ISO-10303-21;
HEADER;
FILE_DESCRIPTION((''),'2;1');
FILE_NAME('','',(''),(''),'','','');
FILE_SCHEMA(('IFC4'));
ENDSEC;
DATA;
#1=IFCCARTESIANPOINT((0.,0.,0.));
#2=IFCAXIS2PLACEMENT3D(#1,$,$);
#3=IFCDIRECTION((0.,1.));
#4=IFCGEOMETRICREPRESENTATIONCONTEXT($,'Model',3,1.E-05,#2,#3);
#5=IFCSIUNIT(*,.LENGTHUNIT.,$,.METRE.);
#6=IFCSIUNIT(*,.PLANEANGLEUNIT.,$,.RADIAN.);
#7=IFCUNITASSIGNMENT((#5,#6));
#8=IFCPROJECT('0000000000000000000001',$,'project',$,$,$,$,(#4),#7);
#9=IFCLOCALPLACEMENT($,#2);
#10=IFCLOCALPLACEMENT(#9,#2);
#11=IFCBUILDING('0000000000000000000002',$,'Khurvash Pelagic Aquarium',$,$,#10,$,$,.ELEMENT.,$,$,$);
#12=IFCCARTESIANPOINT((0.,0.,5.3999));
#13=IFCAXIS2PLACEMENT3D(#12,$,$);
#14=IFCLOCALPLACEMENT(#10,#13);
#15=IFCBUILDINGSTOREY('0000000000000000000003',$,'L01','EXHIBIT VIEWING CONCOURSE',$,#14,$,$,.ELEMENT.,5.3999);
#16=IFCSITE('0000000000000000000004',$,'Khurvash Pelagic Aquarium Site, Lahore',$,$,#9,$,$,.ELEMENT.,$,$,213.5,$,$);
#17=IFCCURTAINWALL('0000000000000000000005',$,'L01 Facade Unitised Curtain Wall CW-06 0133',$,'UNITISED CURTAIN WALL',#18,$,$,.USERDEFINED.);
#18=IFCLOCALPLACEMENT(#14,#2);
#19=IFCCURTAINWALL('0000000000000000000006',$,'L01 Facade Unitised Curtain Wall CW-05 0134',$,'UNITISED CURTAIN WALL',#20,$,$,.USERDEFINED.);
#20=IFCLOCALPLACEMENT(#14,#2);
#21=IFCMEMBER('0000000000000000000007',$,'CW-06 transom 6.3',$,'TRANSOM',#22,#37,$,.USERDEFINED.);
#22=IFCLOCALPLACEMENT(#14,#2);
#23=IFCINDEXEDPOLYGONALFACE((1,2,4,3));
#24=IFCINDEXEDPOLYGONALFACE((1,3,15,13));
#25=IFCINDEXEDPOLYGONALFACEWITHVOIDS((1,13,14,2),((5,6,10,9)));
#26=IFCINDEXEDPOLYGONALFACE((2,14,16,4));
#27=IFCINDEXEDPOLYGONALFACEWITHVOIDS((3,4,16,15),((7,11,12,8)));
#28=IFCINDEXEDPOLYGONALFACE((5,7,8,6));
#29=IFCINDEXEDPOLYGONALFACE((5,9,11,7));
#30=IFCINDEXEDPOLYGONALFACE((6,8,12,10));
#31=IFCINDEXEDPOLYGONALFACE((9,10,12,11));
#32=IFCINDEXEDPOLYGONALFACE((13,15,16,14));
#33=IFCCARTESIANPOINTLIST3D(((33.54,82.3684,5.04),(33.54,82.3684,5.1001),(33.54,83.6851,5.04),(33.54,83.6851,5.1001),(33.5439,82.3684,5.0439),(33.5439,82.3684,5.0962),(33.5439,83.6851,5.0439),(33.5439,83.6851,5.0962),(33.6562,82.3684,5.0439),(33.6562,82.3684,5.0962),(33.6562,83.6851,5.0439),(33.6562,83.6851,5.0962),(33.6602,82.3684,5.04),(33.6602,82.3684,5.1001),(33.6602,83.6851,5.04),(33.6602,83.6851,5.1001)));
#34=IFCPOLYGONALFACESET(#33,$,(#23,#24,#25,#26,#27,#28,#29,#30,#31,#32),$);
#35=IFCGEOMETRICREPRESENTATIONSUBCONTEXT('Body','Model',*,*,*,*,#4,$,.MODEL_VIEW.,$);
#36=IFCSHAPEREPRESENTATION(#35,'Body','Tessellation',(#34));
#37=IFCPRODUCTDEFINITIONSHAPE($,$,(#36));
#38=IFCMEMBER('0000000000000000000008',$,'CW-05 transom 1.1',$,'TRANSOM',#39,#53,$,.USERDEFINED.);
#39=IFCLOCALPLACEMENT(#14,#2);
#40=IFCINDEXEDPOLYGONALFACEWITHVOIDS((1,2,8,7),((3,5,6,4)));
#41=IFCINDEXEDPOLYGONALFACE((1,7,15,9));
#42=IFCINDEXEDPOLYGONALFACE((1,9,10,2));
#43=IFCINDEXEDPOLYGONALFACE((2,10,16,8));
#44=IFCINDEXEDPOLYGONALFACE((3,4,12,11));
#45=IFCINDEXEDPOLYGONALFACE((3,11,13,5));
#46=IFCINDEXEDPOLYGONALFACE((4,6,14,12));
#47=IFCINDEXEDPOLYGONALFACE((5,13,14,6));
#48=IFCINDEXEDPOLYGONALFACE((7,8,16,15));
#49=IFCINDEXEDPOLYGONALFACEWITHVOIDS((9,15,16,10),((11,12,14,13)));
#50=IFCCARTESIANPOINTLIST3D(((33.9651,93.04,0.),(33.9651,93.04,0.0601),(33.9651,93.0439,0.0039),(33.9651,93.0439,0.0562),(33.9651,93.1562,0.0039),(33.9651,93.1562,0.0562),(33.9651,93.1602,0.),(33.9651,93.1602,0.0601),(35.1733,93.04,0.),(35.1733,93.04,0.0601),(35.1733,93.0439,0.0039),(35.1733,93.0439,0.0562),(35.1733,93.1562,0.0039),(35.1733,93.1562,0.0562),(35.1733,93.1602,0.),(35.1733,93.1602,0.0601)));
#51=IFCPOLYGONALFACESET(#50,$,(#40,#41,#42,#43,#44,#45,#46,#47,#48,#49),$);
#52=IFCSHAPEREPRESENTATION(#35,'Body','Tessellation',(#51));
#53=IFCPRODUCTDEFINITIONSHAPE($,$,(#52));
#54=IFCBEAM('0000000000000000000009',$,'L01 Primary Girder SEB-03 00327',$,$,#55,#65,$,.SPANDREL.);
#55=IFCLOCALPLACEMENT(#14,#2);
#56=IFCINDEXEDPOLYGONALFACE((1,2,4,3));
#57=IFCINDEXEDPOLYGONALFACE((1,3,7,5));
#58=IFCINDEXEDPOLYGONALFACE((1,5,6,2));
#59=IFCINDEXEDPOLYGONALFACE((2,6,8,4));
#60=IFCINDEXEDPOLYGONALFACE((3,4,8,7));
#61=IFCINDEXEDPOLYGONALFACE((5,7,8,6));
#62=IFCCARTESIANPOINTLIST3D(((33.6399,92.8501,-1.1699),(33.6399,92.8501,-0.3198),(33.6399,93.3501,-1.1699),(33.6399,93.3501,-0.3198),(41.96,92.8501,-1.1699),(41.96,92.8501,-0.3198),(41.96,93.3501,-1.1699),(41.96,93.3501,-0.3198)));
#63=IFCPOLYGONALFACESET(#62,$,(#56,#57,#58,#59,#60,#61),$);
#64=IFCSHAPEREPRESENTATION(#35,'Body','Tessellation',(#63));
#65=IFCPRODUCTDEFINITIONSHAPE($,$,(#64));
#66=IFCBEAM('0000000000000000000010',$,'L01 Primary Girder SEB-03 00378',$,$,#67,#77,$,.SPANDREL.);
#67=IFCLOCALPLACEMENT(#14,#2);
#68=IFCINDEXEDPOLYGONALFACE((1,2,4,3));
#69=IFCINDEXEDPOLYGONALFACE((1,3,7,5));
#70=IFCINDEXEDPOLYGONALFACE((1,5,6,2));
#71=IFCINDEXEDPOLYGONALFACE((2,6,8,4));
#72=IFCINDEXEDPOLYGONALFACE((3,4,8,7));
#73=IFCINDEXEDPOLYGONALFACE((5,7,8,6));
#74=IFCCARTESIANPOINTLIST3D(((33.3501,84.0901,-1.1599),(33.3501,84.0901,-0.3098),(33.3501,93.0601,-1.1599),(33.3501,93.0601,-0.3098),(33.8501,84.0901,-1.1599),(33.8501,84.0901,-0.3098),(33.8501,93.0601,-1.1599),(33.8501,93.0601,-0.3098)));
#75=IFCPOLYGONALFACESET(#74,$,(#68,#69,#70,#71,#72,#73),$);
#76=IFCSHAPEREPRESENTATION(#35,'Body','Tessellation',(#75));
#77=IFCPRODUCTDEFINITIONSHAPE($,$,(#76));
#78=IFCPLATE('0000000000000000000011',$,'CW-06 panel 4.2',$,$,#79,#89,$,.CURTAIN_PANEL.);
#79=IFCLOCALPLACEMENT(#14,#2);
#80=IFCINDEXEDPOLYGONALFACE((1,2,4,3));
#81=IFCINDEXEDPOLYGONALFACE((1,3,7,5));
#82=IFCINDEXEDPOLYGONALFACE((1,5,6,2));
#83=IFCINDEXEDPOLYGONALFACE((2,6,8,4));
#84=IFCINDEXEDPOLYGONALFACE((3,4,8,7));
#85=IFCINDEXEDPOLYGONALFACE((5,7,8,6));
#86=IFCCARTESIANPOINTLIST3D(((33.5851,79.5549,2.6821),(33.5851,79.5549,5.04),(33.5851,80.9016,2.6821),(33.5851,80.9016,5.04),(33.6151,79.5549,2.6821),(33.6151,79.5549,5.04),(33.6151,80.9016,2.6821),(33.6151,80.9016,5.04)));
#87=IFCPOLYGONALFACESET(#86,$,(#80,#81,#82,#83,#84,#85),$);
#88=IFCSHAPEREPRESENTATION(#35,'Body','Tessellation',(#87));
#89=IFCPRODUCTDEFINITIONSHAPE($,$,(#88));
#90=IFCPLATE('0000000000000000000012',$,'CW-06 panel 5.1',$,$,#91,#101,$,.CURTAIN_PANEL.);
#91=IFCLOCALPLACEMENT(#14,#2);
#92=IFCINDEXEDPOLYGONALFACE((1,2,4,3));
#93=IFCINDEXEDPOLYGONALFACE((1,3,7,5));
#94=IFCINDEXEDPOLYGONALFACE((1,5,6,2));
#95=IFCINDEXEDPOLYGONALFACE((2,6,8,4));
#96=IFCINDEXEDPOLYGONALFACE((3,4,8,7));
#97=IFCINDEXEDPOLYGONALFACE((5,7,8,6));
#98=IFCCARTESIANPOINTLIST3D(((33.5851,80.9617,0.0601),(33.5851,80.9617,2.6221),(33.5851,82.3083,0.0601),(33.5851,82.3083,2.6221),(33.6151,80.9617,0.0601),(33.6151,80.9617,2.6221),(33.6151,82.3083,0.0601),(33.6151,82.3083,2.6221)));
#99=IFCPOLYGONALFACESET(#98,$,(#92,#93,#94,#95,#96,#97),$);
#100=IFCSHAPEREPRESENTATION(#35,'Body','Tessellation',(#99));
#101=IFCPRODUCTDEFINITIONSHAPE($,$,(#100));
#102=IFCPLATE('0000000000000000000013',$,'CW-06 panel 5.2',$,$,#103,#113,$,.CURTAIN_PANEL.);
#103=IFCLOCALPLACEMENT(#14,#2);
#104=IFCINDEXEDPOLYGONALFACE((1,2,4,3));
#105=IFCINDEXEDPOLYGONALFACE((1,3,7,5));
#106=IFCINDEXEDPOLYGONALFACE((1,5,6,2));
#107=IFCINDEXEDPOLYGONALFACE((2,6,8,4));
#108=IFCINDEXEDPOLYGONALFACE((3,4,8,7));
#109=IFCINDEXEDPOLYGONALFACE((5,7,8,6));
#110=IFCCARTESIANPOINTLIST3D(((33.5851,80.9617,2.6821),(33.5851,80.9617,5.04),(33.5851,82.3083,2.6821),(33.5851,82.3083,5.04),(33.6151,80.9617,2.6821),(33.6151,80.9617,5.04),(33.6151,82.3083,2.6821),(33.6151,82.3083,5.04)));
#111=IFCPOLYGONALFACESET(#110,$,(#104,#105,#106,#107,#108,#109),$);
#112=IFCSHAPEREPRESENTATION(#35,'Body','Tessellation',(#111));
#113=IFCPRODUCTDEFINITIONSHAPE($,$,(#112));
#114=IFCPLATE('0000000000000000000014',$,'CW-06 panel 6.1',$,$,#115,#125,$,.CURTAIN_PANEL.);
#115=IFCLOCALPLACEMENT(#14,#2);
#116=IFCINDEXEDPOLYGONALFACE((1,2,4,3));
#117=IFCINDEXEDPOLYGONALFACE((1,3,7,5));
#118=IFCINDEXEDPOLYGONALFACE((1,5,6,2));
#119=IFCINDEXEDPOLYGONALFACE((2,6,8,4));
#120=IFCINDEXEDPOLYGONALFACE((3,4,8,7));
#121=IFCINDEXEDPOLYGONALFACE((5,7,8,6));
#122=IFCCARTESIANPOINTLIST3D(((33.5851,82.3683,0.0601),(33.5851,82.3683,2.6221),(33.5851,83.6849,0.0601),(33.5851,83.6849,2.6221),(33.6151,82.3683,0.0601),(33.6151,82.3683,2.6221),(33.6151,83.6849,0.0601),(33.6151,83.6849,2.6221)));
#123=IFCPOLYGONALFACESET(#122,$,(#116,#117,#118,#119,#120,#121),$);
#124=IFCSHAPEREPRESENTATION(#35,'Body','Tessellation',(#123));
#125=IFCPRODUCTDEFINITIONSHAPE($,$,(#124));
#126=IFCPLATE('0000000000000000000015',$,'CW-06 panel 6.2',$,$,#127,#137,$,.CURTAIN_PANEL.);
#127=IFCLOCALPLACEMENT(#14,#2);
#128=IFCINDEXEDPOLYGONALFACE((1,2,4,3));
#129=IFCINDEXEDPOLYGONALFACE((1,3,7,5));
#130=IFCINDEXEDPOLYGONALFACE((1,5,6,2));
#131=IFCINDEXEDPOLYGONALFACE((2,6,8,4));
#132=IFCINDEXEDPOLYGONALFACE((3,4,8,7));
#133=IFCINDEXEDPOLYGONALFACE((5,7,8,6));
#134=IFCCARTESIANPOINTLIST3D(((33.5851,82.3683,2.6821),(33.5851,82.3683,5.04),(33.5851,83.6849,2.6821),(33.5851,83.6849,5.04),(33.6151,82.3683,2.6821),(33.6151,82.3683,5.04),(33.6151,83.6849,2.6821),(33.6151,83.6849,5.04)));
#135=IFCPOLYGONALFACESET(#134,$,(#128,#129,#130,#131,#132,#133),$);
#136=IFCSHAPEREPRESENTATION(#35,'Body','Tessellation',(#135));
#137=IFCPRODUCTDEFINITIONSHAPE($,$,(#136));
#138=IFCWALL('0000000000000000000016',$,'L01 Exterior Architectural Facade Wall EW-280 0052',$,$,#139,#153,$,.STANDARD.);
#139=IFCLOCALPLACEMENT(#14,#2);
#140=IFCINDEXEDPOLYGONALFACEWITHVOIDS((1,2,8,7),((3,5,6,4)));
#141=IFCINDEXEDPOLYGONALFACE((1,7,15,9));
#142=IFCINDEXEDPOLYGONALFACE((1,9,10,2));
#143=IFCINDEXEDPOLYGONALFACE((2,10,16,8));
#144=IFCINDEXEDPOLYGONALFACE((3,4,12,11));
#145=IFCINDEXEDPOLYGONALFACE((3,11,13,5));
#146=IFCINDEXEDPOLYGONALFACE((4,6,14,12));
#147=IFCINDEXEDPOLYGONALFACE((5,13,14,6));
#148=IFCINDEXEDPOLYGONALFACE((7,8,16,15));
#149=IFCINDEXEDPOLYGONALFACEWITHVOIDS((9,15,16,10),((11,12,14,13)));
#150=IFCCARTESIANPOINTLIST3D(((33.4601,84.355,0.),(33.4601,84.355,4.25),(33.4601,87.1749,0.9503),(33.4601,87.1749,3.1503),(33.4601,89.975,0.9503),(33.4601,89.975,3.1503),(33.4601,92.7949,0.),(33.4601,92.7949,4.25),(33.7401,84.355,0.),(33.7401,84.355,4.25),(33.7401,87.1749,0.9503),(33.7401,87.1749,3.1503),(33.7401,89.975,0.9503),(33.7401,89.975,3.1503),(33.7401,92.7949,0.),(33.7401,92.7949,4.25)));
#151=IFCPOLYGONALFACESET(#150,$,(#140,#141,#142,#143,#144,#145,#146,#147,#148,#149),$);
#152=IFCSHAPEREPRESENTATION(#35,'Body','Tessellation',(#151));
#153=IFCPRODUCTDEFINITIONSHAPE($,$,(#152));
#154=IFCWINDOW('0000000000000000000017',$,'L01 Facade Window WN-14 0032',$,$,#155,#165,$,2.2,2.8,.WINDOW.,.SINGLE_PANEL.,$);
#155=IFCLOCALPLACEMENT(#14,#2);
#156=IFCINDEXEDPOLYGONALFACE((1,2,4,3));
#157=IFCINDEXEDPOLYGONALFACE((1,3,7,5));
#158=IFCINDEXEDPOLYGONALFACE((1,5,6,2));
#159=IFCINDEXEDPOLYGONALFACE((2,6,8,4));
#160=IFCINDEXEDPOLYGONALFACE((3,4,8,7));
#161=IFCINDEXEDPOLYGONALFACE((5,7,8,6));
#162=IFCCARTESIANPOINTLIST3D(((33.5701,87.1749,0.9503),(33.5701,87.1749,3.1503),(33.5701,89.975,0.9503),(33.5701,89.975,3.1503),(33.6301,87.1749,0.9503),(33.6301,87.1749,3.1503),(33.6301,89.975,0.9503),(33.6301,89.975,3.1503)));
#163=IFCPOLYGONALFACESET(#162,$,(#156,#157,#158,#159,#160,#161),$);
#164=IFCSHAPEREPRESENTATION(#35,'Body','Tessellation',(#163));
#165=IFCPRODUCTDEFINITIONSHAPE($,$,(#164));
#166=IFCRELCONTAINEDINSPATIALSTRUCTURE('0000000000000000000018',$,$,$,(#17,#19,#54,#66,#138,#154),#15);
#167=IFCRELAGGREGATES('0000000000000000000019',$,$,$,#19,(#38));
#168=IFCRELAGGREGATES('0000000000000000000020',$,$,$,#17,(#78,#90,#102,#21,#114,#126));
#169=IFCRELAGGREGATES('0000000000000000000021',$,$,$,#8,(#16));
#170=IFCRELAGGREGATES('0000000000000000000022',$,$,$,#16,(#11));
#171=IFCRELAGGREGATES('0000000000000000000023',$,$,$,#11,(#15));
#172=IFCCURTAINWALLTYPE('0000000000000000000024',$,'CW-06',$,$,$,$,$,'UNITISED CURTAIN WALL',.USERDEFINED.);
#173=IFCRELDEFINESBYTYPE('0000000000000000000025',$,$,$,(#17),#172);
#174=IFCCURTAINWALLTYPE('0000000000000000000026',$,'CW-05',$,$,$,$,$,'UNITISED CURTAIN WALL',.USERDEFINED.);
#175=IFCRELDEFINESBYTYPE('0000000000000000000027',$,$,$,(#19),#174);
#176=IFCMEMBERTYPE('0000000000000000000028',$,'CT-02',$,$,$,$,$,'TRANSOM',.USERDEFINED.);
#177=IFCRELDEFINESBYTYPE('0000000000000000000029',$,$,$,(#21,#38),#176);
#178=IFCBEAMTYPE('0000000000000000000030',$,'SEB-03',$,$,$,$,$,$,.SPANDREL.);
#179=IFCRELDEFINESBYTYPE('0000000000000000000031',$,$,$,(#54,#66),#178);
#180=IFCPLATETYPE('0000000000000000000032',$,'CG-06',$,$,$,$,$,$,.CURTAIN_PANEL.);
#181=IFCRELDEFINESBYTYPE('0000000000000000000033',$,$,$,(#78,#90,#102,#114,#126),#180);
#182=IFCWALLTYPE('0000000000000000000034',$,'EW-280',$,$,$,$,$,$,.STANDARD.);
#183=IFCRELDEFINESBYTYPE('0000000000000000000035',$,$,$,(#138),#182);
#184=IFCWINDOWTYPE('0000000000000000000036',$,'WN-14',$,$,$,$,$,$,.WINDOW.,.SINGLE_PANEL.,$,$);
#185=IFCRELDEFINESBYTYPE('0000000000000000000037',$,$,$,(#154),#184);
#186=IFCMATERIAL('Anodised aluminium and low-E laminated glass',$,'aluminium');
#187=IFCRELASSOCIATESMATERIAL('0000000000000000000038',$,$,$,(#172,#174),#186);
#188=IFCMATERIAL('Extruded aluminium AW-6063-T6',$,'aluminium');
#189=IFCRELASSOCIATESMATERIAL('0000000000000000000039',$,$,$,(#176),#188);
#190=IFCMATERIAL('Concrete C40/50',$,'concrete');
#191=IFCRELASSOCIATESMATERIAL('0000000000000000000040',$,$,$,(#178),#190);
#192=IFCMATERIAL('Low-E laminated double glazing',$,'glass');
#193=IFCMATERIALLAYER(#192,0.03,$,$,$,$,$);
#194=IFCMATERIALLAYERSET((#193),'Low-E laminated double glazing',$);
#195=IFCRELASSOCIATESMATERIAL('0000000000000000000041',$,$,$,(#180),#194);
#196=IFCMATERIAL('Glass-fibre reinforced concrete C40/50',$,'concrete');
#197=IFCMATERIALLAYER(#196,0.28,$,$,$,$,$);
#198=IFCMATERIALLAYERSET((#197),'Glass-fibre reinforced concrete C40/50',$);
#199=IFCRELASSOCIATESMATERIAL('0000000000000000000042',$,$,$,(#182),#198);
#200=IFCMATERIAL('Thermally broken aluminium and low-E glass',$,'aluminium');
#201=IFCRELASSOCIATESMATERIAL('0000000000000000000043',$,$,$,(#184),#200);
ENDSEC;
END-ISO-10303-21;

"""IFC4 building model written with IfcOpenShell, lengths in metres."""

from ifc_helpers import new_model, si_unit, direction, frame, frame_2d, origin, origin_2d, place, context, subcontext, project, spatial, rectangle, hollow_rectangle, extrude, material, layer, layer_set, material_profile, profile_set, type_object, element, fill, aggregate, save


model = new_model("IFC4")

# Units and contexts
model_context = context("Model", 3, precision=1e-05, world=origin(), true_north=direction((0.0, 1.0)))
body_context = subcontext(model_context, "Body", "Model", "MODEL_VIEW")
ifc_project = project(units=[si_unit("LENGTHUNIT", "METRE"), si_unit("PLANEANGLEUNIT", "RADIAN")], contexts=[model_context])

# Site, building, storey
site_placement = place(None, origin())
site = spatial("IfcSite", under=ifc_project, at=site_placement, Name="Khurvash Pelagic Aquarium Site, Lahore", CompositionType="ELEMENT", RefElevation=213.5)
building_placement = place(site_placement, origin())
building = spatial("IfcBuilding", under=site, at=building_placement, Name="Khurvash Pelagic Aquarium", CompositionType="ELEMENT")
storey_placement = place(building_placement, frame((0.0, 0.0, 5.3999)))
storey = spatial("IfcBuildingStorey", under=building, at=storey_placement, Name="L01", Description="EXHIBIT VIEWING CONCOURSE", CompositionType="ELEMENT", Elevation=5.3999)

# Shared definitions
ifc_material_1 = material(Name="Concrete C40/50", Category="concrete")

# Curtain wall
ifc_material_2 = material(Name="Anodised aluminium and low-E laminated glass", Category="aluminium")
curtain_wall_type_1 = type_object("IfcCurtainWallType", Name="CW-06", ElementType="UNITISED CURTAIN WALL", PredefinedType="USERDEFINED", material=ifc_material_2)
curtain_wall_1_placement = place(storey_placement, origin())
curtain_wall_1 = element("IfcCurtainWall", 1, at=curtain_wall_1_placement, inside=storey, type_object=curtain_wall_type_1, Name="L01 Facade Unitised Curtain Wall CW-06 0133", ObjectType="UNITISED CURTAIN WALL", PredefinedType="USERDEFINED")
ifc_material_3 = material(Name="Extruded aluminium AW-6063-T6", Category="aluminium")

# Curtain wall
curtain_wall_type_2 = type_object("IfcCurtainWallType", Name="CW-05", ElementType="UNITISED CURTAIN WALL", PredefinedType="USERDEFINED", material=ifc_material_2)
curtain_wall_2_placement = place(storey_placement, origin())
curtain_wall_2 = element("IfcCurtainWall", 2, at=curtain_wall_2_placement, inside=storey, type_object=curtain_wall_type_2, Name="L01 Facade Unitised Curtain Wall CW-05 0134", ObjectType="UNITISED CURTAIN WALL", PredefinedType="USERDEFINED")

# Members
ifc_material_profile_1 = material_profile(ifc_material_3, hollow_rectangle(XDim=0.1201, YDim=0.0601, WallThickness=0.0039, at=origin_2d()), Name="CWT120X60X4")
ifc_profile_set_1 = profile_set([ifc_material_profile_1], Name="Extruded aluminium AW-6063-T6")
member_type_1 = type_object("IfcMemberType", Name="CT-02", ElementType="TRANSOM", PredefinedType="USERDEFINED", material=ifc_profile_set_1)
member_1_placement = place(storey_placement, frame((33.6001, 82.3684, 5.0701), z_axis=(0.0, 1.0, 0.0), x_axis=(-1.0, 0.0, 0.0)))
member_1 = element("IfcMember", 3, at=member_1_placement, type_object=member_type_1, Name="CW-06 transom 6.3", ObjectType="TRANSOM", PredefinedType="USERDEFINED", context=body_context, shape_type="SweptSolid", body=[
    extrude(hollow_rectangle(XDim=0.1201, YDim=0.0601, WallThickness=0.0039, at=origin_2d()), origin(), (0.0, 0.0, 1.0), 1.3167),
])
member_2_placement = place(storey_placement, frame((33.9651, 93.1001, 0.03), z_axis=(1.0, 0.0, 0.0), x_axis=(0.0, 1.0, 0.0)))
member_2 = element("IfcMember", 4, at=member_2_placement, type_object=member_type_1, Name="CW-05 transom 1.1", ObjectType="TRANSOM", PredefinedType="USERDEFINED", context=body_context, shape_type="SweptSolid", body=[
    extrude(hollow_rectangle(XDim=0.1201, YDim=0.0601, WallThickness=0.0039, at=origin_2d()), origin(), (0.0, 0.0, 1.0), 1.2083),
])
aggregate(curtain_wall_2, [member_2])

# Beams
ifc_material_profile_2 = material_profile(ifc_material_1, rectangle(XDim=0.5, YDim=0.8501, at=origin_2d()), Name="RC500X850")
ifc_profile_set_2 = profile_set([ifc_material_profile_2], Name="Concrete C40/50")
beam_type = type_object("IfcBeamType", Name="SEB-03", PredefinedType="SPANDREL", material=ifc_profile_set_2)
beam_1_placement = place(storey_placement, frame((33.6399, 93.1001, -0.7449), z_axis=(1.0, 0.0, 0.0), x_axis=(0.0, 1.0, 0.0)))
element("IfcBeam", 5, at=beam_1_placement, inside=storey, type_object=beam_type, Name="L01 Primary Girder SEB-03 00327", PredefinedType="SPANDREL", context=body_context, shape_type="SweptSolid", body=[
    extrude(rectangle(XDim=0.5, YDim=0.8501, at=origin_2d()), origin(), (0.0, 0.0, 1.0), 8.3201),
])
beam_2_placement = place(storey_placement, frame((33.6001, 84.0901, -0.7349), z_axis=(0.0, 1.0, 0.0), x_axis=(-1.0, 0.0, 0.0)))
element("IfcBeam", 6, at=beam_2_placement, inside=storey, type_object=beam_type, Name="L01 Primary Girder SEB-03 00378", PredefinedType="SPANDREL", context=body_context, shape_type="SweptSolid", body=[
    extrude(rectangle(XDim=0.5, YDim=0.8501, at=origin_2d()), origin(), (0.0, 0.0, 1.0), 8.97),
])

# Plates
ifc_material_4 = material(Name="Low-E laminated double glazing", Category="glass")
ifc_layer_1 = layer(ifc_material_4, 0.03)
ifc_layer_set_1 = layer_set([ifc_layer_1], Name="Low-E laminated double glazing")
plate_type = type_object("IfcPlateType", Name="CG-06", PredefinedType="CURTAIN_PANEL", material=ifc_layer_set_1)
plate_1_placement = place(storey_placement, frame((33.6001, 80.2283, 2.6821), z_axis=(0.0, 0.0, 1.0), x_axis=(0.0, 1.0, 0.0)))
plate_1 = element("IfcPlate", 7, at=plate_1_placement, type_object=plate_type, Name="CW-06 panel 4.2", PredefinedType="CURTAIN_PANEL", context=body_context, shape_type="SweptSolid", body=[
    extrude(rectangle(XDim=1.3467, YDim=0.03, at=origin_2d()), origin(), (0.0, 0.0, 1.0), 2.3579),
])
plate_2_placement = place(storey_placement, frame((33.6001, 81.635, 0.0601), z_axis=(0.0, 0.0, 1.0), x_axis=(0.0, 1.0, 0.0)))
plate_2 = element("IfcPlate", 8, at=plate_2_placement, type_object=plate_type, Name="CW-06 panel 5.1", PredefinedType="CURTAIN_PANEL", context=body_context, shape_type="SweptSolid", body=[
    extrude(rectangle(XDim=1.3467, YDim=0.03, at=origin_2d()), origin(), (0.0, 0.0, 1.0), 2.562),
])
plate_3_placement = place(storey_placement, frame((33.6001, 81.635, 2.6821), z_axis=(0.0, 0.0, 1.0), x_axis=(0.0, 1.0, 0.0)))
plate_3 = element("IfcPlate", 9, at=plate_3_placement, type_object=plate_type, Name="CW-06 panel 5.2", PredefinedType="CURTAIN_PANEL", context=body_context, shape_type="SweptSolid", body=[
    extrude(rectangle(XDim=1.3467, YDim=0.03, at=origin_2d()), origin(), (0.0, 0.0, 1.0), 2.3579),
])
plate_4_placement = place(storey_placement, frame((33.6001, 83.0266, 0.0601), z_axis=(0.0, 0.0, 1.0), x_axis=(0.0, 1.0, 0.0)))
plate_4 = element("IfcPlate", 10, at=plate_4_placement, type_object=plate_type, Name="CW-06 panel 6.1", PredefinedType="CURTAIN_PANEL", context=body_context, shape_type="SweptSolid", body=[
    extrude(rectangle(XDim=1.3167, YDim=0.03, at=origin_2d()), origin(), (0.0, 0.0, 1.0), 2.562),
])
plate_5_placement = place(storey_placement, frame((33.6001, 83.0266, 2.6821), z_axis=(0.0, 0.0, 1.0), x_axis=(0.0, 1.0, 0.0)))
plate_5 = element("IfcPlate", 11, at=plate_5_placement, type_object=plate_type, Name="CW-06 panel 6.2", PredefinedType="CURTAIN_PANEL", context=body_context, shape_type="SweptSolid", body=[
    extrude(rectangle(XDim=1.3167, YDim=0.03, at=origin_2d()), origin(), (0.0, 0.0, 1.0), 2.3579),
])
aggregate(curtain_wall_1, [plate_1, plate_2, plate_3, member_1, plate_4, plate_5])

# Wall, opening, window
ifc_material_5 = material(Name="Glass-fibre reinforced concrete C40/50", Category="concrete")
ifc_layer_2 = layer(ifc_material_5, 0.28)
ifc_layer_set_2 = layer_set([ifc_layer_2], Name="Glass-fibre reinforced concrete C40/50")
wall_type = type_object("IfcWallType", Name="EW-280", PredefinedType="STANDARD", material=ifc_layer_set_2)
wall_placement = place(storey_placement, frame((33.6001, 84.355, 0.0), z_axis=(0.0, 0.0, 1.0), x_axis=(0.0, 1.0, 0.0)))
wall = element("IfcWall", 12, at=wall_placement, inside=storey, type_object=wall_type, Name="L01 Exterior Architectural Facade Wall EW-280 0052", PredefinedType="STANDARD", context=body_context, shape_type="SweptSolid", body=[
    extrude(rectangle(XDim=8.4399, YDim=0.28, at=frame_2d((4.22, 0.0))), origin(), (0.0, 0.0, 1.0), 4.25),
])
opening_placement = place(wall_placement, frame((2.8201, 0.0, 0.9502)))
opening = element("IfcOpeningElement", 13, at=opening_placement, cuts=wall, PredefinedType="OPENING", context=body_context, shape_type="SweptSolid", body=[
    extrude(rectangle(XDim=2.8, YDim=2.2, at=frame_2d((1.3999, 1.1001))), frame((0.0, 0.1499, 0.0), z_axis=(0.0, -1.0, 0.0), x_axis=(1.0, 0.0, 0.0)), (0.0, 0.0, 1.0), 0.3),
])
ifc_material_6 = material(Name="Thermally broken aluminium and low-E glass", Category="aluminium")
window_type = type_object("IfcWindowType", Name="WN-14", PartitioningType="SINGLE_PANEL", PredefinedType="WINDOW", material=ifc_material_6)
window_placement = place(opening_placement, origin())
window = element("IfcWindow", 14, at=window_placement, inside=storey, type_object=window_type, Name="L01 Facade Window WN-14 0032", OverallHeight=2.2, OverallWidth=2.8, PartitioningType="SINGLE_PANEL", PredefinedType="WINDOW", context=body_context, shape_type="SweptSolid", body=[
    extrude(rectangle(XDim=2.8, YDim=2.2, at=frame_2d((1.3999, 1.1001))), frame((0.0, 0.03, 0.0), z_axis=(0.0, -1.0, 0.0), x_axis=(1.0, 0.0, 0.0)), (0.0, 0.0, 1.0), 0.0601),
])
fill(opening, window)

save(model, "model.ifc")
